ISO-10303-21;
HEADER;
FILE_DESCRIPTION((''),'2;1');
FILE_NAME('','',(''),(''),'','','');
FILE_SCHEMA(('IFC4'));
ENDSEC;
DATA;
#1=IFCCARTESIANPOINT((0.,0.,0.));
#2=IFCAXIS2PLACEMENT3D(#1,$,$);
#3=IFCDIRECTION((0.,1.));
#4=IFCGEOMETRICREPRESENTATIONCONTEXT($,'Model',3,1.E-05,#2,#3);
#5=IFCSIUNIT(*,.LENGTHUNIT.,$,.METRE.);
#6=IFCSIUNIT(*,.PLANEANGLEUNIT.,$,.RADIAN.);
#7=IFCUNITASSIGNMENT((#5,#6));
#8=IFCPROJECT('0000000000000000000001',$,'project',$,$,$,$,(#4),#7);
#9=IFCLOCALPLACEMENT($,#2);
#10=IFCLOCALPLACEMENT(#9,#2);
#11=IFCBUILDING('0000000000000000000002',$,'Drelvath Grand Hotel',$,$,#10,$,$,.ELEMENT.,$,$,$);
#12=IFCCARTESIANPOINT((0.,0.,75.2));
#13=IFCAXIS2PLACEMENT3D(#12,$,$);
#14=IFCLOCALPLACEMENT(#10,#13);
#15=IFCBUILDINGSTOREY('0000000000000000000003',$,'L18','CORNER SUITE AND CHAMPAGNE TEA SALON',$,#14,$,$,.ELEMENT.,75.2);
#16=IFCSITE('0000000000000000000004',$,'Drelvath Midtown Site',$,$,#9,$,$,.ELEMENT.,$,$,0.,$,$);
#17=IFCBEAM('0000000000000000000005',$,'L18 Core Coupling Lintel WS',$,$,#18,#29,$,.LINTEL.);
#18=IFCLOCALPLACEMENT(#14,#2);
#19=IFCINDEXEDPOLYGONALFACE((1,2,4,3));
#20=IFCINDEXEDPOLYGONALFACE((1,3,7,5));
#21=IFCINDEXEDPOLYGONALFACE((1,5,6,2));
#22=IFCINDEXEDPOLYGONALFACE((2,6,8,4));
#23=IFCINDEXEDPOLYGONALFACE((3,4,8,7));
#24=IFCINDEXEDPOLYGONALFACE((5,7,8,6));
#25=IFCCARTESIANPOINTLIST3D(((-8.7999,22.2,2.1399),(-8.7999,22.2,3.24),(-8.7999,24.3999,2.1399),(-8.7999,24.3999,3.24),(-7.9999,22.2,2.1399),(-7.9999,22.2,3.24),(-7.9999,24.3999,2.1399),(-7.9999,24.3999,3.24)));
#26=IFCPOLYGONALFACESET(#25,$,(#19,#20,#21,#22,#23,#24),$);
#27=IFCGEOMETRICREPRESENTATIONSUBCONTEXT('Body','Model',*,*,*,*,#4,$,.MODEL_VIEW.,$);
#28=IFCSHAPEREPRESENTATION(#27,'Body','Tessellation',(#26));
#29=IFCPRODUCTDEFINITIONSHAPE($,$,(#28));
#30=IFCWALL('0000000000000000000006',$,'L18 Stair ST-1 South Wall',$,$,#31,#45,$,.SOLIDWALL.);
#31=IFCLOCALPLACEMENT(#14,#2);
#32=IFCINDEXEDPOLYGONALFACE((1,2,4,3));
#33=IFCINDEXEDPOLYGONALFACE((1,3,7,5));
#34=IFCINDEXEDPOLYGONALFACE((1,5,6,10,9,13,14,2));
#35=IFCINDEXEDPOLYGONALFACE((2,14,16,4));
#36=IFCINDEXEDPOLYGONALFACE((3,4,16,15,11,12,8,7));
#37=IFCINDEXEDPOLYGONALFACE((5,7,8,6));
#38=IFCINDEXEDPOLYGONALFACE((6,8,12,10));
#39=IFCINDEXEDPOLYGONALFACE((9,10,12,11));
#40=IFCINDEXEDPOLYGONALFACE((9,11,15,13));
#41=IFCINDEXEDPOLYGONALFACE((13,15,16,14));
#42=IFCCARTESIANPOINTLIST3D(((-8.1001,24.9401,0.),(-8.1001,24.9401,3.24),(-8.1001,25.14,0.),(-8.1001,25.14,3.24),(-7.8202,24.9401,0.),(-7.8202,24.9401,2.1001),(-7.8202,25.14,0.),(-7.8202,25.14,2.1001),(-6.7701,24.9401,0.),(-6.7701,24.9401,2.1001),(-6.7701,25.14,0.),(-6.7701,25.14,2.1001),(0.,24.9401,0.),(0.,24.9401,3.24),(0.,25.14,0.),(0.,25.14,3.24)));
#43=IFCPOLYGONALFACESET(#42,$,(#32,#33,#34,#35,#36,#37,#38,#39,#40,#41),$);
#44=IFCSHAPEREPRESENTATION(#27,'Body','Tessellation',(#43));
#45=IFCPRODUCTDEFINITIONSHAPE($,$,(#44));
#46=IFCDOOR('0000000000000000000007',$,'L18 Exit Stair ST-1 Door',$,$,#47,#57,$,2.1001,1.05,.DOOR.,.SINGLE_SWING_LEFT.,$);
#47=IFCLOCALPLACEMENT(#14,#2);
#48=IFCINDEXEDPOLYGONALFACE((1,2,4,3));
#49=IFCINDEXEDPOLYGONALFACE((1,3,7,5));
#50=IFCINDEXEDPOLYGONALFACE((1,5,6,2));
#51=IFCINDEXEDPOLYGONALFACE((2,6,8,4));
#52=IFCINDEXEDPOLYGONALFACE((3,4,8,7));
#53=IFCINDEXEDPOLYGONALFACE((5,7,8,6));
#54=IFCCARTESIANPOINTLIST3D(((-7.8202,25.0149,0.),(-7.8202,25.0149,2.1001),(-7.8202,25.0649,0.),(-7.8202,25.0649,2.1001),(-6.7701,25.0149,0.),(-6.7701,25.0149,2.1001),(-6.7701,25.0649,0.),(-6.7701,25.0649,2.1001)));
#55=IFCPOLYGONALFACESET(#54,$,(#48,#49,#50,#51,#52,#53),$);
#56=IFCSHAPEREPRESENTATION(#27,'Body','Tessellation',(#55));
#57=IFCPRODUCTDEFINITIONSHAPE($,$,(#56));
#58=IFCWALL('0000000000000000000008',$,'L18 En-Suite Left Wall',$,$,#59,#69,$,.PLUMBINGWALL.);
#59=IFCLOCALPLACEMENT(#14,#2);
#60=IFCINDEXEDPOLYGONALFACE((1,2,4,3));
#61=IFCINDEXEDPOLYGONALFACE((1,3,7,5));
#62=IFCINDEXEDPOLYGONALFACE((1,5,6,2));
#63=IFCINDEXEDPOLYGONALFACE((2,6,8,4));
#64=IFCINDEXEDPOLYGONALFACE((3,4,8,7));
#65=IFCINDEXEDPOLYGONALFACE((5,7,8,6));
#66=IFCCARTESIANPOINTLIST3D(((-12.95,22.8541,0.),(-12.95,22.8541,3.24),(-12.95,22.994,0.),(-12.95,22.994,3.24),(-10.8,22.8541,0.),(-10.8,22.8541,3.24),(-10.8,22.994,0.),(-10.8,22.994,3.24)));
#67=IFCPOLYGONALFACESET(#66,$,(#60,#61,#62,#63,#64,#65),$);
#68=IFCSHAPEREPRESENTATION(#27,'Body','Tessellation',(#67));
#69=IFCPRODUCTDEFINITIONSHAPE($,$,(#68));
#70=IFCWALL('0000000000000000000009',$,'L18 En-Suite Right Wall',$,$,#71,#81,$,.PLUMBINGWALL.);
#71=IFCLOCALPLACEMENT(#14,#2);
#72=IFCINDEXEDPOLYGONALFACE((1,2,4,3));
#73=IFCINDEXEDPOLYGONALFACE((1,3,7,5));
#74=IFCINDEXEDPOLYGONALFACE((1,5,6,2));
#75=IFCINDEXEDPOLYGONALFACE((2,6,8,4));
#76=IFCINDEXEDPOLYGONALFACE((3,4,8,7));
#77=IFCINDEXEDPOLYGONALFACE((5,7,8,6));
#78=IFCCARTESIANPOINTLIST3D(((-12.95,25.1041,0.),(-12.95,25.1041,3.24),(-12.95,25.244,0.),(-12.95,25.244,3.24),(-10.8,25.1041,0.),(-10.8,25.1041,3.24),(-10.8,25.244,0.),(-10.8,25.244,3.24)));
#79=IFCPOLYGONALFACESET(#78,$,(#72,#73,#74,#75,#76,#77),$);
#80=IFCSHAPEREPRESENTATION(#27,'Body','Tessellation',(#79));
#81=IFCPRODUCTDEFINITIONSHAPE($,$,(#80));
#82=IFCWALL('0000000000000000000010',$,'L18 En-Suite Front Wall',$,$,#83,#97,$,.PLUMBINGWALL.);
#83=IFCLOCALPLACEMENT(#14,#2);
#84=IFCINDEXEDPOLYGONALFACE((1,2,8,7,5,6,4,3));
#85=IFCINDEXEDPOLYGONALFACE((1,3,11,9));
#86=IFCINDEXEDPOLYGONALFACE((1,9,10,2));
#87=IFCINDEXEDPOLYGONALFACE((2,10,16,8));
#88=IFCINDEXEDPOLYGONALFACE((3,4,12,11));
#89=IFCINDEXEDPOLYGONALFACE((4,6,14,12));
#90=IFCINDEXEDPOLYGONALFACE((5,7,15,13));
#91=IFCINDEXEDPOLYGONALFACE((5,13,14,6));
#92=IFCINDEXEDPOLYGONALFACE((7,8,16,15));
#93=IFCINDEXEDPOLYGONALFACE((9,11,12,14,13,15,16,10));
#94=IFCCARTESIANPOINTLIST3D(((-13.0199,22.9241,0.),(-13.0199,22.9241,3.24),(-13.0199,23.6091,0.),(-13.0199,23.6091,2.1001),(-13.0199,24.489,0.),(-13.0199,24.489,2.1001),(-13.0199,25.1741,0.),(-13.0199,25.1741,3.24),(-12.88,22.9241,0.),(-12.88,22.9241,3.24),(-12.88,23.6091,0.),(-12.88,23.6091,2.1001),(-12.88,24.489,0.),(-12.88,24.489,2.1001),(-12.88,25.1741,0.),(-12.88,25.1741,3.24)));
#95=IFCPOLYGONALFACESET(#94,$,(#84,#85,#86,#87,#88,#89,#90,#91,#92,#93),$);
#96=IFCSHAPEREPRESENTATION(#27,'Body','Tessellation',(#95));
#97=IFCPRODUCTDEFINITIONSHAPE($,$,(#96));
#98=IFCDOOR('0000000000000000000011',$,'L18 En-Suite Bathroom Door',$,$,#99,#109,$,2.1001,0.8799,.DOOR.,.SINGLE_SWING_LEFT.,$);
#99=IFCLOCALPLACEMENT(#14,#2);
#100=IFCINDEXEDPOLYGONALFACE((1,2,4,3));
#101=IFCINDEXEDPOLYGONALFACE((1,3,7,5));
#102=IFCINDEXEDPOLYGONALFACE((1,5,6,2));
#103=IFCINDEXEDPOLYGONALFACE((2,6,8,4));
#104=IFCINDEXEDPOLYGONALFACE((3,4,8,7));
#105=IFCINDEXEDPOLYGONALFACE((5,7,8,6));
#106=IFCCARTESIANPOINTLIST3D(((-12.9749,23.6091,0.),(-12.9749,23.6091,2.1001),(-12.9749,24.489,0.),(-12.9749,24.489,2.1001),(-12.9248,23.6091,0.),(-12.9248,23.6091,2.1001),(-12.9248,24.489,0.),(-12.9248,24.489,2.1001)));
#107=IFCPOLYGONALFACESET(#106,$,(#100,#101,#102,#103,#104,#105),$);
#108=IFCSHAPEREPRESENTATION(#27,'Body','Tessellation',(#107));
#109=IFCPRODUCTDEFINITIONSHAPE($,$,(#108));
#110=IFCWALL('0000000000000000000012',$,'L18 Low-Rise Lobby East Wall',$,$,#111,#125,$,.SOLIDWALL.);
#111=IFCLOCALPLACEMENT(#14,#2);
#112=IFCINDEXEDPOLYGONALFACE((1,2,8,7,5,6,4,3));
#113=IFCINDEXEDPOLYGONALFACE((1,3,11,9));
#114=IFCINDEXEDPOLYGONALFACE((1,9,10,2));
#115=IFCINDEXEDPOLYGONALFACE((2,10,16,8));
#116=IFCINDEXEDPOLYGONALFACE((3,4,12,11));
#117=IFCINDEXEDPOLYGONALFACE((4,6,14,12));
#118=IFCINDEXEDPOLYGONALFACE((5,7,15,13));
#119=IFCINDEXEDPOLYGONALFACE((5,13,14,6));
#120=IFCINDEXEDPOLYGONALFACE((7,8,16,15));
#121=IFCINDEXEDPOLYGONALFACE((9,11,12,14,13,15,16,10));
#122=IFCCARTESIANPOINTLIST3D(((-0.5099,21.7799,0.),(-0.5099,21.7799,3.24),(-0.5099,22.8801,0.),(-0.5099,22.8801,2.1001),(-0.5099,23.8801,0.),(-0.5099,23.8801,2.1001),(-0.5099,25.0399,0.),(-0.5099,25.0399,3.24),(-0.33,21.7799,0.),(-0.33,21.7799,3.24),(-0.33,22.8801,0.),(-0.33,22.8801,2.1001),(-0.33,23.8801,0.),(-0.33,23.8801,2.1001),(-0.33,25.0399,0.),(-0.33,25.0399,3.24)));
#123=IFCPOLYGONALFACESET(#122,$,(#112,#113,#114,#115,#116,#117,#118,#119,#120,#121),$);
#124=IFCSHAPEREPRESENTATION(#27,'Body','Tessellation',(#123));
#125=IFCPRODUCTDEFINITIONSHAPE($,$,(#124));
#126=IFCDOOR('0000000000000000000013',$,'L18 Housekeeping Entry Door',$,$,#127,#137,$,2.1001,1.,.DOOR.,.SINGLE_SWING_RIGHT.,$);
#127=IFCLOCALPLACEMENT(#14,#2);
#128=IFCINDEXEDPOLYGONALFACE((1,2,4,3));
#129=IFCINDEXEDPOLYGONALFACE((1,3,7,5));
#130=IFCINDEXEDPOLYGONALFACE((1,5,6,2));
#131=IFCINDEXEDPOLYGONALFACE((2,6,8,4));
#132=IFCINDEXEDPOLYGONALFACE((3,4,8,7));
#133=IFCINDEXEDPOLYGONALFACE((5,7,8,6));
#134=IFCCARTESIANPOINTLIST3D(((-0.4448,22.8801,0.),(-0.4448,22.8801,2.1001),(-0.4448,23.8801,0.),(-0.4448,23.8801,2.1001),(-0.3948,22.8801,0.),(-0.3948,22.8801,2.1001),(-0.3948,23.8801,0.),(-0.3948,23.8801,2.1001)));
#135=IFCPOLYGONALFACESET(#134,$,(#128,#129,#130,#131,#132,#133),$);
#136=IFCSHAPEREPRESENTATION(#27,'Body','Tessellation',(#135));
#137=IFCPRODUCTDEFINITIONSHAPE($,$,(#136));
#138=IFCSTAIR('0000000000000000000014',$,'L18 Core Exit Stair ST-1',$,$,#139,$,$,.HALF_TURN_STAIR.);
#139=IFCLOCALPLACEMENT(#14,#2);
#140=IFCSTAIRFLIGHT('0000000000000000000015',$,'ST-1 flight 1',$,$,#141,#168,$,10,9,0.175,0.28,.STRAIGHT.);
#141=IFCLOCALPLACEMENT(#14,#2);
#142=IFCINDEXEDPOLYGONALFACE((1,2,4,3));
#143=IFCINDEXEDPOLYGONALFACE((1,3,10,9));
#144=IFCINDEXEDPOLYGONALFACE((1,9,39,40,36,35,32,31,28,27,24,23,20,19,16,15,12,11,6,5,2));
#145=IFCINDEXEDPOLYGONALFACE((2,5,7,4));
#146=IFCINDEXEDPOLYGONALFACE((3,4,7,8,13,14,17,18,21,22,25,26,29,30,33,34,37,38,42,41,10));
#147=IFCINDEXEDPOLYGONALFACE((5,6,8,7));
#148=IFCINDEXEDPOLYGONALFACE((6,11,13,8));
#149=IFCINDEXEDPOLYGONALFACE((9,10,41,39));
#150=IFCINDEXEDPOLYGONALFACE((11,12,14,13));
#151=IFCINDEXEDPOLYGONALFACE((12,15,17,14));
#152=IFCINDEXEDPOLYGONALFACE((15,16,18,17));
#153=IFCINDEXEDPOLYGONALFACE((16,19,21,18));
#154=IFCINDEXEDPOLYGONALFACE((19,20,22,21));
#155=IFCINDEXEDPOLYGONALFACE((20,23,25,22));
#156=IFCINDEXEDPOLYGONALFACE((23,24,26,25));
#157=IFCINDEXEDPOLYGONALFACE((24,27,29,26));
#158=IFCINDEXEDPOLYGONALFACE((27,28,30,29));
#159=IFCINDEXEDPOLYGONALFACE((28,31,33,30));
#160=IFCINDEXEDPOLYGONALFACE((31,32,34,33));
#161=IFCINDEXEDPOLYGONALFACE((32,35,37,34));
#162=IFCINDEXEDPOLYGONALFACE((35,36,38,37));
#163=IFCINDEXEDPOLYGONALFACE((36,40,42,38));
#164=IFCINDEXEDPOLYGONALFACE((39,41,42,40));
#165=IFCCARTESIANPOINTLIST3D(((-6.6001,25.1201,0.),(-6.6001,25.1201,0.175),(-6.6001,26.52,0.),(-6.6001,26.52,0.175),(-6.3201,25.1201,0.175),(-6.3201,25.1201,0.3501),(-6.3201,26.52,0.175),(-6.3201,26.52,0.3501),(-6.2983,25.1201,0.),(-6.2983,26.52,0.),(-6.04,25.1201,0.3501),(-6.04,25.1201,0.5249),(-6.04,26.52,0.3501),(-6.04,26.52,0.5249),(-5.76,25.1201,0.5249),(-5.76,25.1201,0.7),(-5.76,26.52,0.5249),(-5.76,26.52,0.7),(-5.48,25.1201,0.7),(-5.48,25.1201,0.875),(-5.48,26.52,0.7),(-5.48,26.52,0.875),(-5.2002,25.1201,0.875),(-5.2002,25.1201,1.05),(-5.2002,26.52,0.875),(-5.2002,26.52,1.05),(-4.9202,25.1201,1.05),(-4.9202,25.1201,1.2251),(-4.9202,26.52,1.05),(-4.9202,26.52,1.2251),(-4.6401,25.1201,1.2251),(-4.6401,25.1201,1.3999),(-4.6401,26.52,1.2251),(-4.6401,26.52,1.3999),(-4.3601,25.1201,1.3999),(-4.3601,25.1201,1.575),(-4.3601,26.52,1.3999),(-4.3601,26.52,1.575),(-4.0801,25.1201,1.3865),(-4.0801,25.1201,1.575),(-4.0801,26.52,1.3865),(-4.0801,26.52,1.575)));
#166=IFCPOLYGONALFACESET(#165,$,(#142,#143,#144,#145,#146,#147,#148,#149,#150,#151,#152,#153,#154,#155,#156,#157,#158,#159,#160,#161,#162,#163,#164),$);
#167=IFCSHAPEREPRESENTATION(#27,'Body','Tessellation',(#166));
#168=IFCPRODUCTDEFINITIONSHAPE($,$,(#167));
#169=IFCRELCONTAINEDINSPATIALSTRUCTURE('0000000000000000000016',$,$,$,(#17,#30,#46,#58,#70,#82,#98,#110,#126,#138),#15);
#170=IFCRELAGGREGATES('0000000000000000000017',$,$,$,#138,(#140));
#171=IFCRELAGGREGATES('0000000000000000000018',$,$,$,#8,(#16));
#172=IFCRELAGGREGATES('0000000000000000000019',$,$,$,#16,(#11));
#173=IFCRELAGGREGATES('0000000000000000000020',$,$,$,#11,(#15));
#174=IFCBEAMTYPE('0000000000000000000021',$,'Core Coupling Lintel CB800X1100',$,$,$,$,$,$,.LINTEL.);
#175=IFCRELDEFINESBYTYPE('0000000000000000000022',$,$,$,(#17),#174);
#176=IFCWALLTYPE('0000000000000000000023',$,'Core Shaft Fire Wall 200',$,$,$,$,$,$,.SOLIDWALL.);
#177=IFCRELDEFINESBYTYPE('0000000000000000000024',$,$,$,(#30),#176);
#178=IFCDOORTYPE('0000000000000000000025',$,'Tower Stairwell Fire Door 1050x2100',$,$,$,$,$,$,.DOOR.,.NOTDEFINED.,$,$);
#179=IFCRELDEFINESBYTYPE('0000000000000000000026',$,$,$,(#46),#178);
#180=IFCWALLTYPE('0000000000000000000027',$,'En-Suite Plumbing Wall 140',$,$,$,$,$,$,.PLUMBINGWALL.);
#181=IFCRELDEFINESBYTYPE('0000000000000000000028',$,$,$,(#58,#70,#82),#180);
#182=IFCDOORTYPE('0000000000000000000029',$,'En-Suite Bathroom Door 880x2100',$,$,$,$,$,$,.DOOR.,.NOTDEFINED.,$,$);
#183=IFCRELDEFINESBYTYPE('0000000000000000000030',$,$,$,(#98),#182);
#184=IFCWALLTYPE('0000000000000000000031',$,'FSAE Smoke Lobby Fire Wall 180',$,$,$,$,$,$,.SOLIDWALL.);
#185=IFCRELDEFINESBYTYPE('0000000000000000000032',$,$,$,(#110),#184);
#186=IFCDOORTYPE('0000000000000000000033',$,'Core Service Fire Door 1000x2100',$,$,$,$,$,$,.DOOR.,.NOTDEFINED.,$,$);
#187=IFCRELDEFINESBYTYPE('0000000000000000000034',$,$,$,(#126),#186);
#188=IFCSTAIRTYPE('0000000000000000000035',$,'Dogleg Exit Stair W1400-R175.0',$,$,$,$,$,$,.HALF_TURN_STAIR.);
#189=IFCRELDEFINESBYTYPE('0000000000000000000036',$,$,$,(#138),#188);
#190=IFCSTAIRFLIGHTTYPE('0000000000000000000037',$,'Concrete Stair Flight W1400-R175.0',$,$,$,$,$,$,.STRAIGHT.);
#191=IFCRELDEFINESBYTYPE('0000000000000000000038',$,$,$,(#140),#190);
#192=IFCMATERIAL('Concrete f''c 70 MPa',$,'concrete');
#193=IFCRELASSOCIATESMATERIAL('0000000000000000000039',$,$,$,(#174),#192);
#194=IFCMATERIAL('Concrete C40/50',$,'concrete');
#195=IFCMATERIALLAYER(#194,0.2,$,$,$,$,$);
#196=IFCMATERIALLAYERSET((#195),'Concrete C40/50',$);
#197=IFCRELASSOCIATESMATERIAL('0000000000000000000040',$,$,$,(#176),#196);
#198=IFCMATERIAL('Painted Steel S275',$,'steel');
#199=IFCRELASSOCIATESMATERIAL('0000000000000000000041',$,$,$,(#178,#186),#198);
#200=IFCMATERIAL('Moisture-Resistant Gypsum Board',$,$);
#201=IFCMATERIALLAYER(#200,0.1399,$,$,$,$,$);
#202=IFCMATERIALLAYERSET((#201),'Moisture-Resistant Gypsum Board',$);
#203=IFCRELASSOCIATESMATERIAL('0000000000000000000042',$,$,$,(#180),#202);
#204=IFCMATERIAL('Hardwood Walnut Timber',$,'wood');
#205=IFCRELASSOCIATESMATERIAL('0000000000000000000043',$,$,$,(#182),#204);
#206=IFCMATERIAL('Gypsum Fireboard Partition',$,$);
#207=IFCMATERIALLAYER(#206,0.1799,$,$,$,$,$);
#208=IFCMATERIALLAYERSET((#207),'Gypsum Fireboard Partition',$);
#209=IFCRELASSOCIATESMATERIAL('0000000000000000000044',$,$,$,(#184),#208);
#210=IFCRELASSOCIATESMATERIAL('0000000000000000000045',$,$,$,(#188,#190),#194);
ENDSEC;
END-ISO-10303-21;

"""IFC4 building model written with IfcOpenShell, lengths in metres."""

from ifc_helpers import new_model, si_unit, direction, frame, frame_2d, origin, origin_2d, place, context, subcontext, project, spatial, polyline, rectangle, outline, extrude, material, layer, layer_set, material_profile, profile_set, type_object, element, fill, aggregate, save


model = new_model("IFC4")

# Units and contexts
model_context = context("Model", 3, precision=1e-05, world=origin(), true_north=direction((0.0, 1.0)))
body_context = subcontext(model_context, "Body", "Model", "MODEL_VIEW")
ifc_project = project(units=[si_unit("LENGTHUNIT", "METRE"), si_unit("PLANEANGLEUNIT", "RADIAN")], contexts=[model_context])

# Site, building, storey
site_placement = place(None, origin())
site = spatial("IfcSite", under=ifc_project, at=site_placement, Name="Drelvath Midtown Site", CompositionType="ELEMENT", RefElevation=0.0)
building_placement = place(site_placement, origin())
building = spatial("IfcBuilding", under=site, at=building_placement, Name="Drelvath Grand Hotel", CompositionType="ELEMENT")
storey_placement = place(building_placement, frame((0.0, 0.0, 75.2)))
storey = spatial("IfcBuildingStorey", under=building, at=storey_placement, Name="L18", Description="CORNER SUITE AND CHAMPAGNE TEA SALON", CompositionType="ELEMENT", Elevation=75.2)

# Beam
ifc_material_1 = material(Name="Concrete f'c 70 MPa", Category="concrete")
ifc_material_profile = material_profile(ifc_material_1, rectangle(XDim=0.8, YDim=1.1001, at=origin_2d()), Name="CB800X1100")
ifc_profile_set = profile_set([ifc_material_profile], Name="Concrete f'c 70 MPa")
beam_type = type_object("IfcBeamType", Name="Core Coupling Lintel CB800X1100", PredefinedType="LINTEL", material=ifc_profile_set)
beam_placement = place(storey_placement, frame((-8.3999, 22.2, 2.6899), z_axis=(0.0, 1.0, 0.0), x_axis=(-1.0, 0.0, 0.0)))
element("IfcBeam", 1, at=beam_placement, inside=storey, type_object=beam_type, Name="L18 Core Coupling Lintel WS", PredefinedType="LINTEL", context=body_context, shape_type="SweptSolid", body=[
    extrude(rectangle(XDim=0.8, YDim=1.1001, at=origin_2d()), origin(), (0.0, 0.0, 1.0), 2.2),
])

# Wall, opening, door
ifc_material_2 = material(Name="Concrete C40/50", Category="concrete")
ifc_layer_1 = layer(ifc_material_2, 0.2)
ifc_layer_set_1 = layer_set([ifc_layer_1], Name="Concrete C40/50")
wall_type_1 = type_object("IfcWallType", Name="Core Shaft Fire Wall 200", PredefinedType="SOLIDWALL", material=ifc_layer_set_1)
wall_1_placement = place(storey_placement, frame((-8.1001, 25.04, 0.0), z_axis=(0.0, 0.0, 1.0), x_axis=(1.0, 0.0, 0.0)))
wall_1 = element("IfcWall", 2, at=wall_1_placement, inside=storey, type_object=wall_type_1, Name="L18 Stair ST-1 South Wall", PredefinedType="SOLIDWALL", context=body_context, shape_type="SweptSolid", body=[
    extrude(rectangle(XDim=8.1001, YDim=0.2, at=frame_2d((4.05, 0.0))), origin(), (0.0, 0.0, 1.0), 3.24),
])
opening_1_placement = place(wall_1_placement, frame((0.28, 0.0, 0.0)))
opening_1 = element("IfcOpeningElement", 3, at=opening_1_placement, cuts=wall_1, PredefinedType="OPENING", context=body_context, shape_type="SweptSolid", body=[
    extrude(rectangle(XDim=1.05, YDim=2.1001, at=frame_2d((0.5249, 1.05))), frame((0.0, 0.1099, 0.0), z_axis=(0.0, -1.0, 0.0), x_axis=(1.0, 0.0, 0.0)), (0.0, 0.0, 1.0), 0.22),
])
ifc_material_3 = material(Name="Painted Steel S275", Category="steel")
door_type_1 = type_object("IfcDoorType", Name="Tower Stairwell Fire Door 1050x2100", OperationType="NOTDEFINED", PredefinedType="DOOR", material=ifc_material_3)
door_1_placement = place(opening_1_placement, origin())
door_1 = element("IfcDoor", 4, at=door_1_placement, inside=storey, type_object=door_type_1, Name="L18 Exit Stair ST-1 Door", OperationType="SINGLE_SWING_LEFT", OverallHeight=2.1001, OverallWidth=1.05, PredefinedType="DOOR", context=body_context, shape_type="SweptSolid", body=[
    extrude(rectangle(XDim=1.05, YDim=2.1001, at=frame_2d((0.5249, 1.05))), frame((0.0, 0.0249, 0.0), z_axis=(0.0, -1.0, 0.0), x_axis=(1.0, 0.0, 0.0)), (0.0, 0.0, 1.0), 0.05),
])
fill(opening_1, door_1)

# Walls
ifc_material_4 = material(Name="Moisture-Resistant Gypsum Board")
ifc_layer_2 = layer(ifc_material_4, 0.1399)
ifc_layer_set_2 = layer_set([ifc_layer_2], Name="Moisture-Resistant Gypsum Board")
wall_type_2 = type_object("IfcWallType", Name="En-Suite Plumbing Wall 140", PredefinedType="PLUMBINGWALL", material=ifc_layer_set_2)
for number, where, z_axis, x_axis, name in (
    (5, (-10.8, 22.9241, 0.0), (0.0, 0.0, 1.0), (-1.0, 0.0, 0.0), "L18 En-Suite Left Wall"),
    (6, (-10.8, 25.1741, 0.0), (0.0, 0.0, 1.0), (-1.0, 0.0, 0.0), "L18 En-Suite Right Wall"),
):
    element("IfcWall", number, at=place(storey_placement, frame(where, z_axis=z_axis, x_axis=x_axis)), inside=storey, type_object=wall_type_2, Name=name, PredefinedType="PLUMBINGWALL", context=body_context, shape_type="SweptSolid", body=[
        extrude(rectangle(XDim=2.1499, YDim=0.1399, at=frame_2d((1.075, 0.0))), origin(), (0.0, 0.0, 1.0), 3.24),
    ])

# Walls, openings, doors
wall_2_placement = place(storey_placement, frame((-12.95, 22.9241, 0.0), z_axis=(0.0, 0.0, 1.0), x_axis=(0.0, 1.0, 0.0)))
wall_2 = element("IfcWall", 7, at=wall_2_placement, inside=storey, type_object=wall_type_2, Name="L18 En-Suite Front Wall", PredefinedType="PLUMBINGWALL", context=body_context, shape_type="SweptSolid", body=[
    extrude(rectangle(XDim=2.25, YDim=0.1399, at=frame_2d((1.125, 0.0))), origin(), (0.0, 0.0, 1.0), 3.24),
])
opening_2_placement = place(wall_2_placement, frame((0.6851, 0.0, 0.0)))
opening_2 = element("IfcOpeningElement", 8, at=opening_2_placement, cuts=wall_2, PredefinedType="OPENING", context=body_context, shape_type="SweptSolid", body=[
    extrude(rectangle(XDim=0.8799, YDim=2.1001, at=frame_2d((0.4399, 1.05))), frame((0.0, 0.0798, 0.0), z_axis=(0.0, -1.0, 0.0), x_axis=(1.0, 0.0, 0.0)), (0.0, 0.0, 1.0), 0.1599),
])
ifc_material_5 = material(Name="Hardwood Walnut Timber", Category="wood")
door_type_2 = type_object("IfcDoorType", Name="En-Suite Bathroom Door 880x2100", OperationType="NOTDEFINED", PredefinedType="DOOR", material=ifc_material_5)
door_2_placement = place(opening_2_placement, origin())
door_2 = element("IfcDoor", 9, at=door_2_placement, inside=storey, type_object=door_type_2, Name="L18 En-Suite Bathroom Door", OperationType="SINGLE_SWING_LEFT", OverallHeight=2.1001, OverallWidth=0.8799, PredefinedType="DOOR", context=body_context, shape_type="SweptSolid", body=[
    extrude(rectangle(XDim=0.8799, YDim=2.1001, at=frame_2d((0.4399, 1.05))), frame((0.0, 0.0249, 0.0), z_axis=(0.0, -1.0, 0.0), x_axis=(1.0, 0.0, 0.0)), (0.0, 0.0, 1.0), 0.05),
])
fill(opening_2, door_2)
ifc_material_6 = material(Name="Gypsum Fireboard Partition")
ifc_layer_3 = layer(ifc_material_6, 0.1799)
ifc_layer_set_3 = layer_set([ifc_layer_3], Name="Gypsum Fireboard Partition")
wall_type_3 = type_object("IfcWallType", Name="FSAE Smoke Lobby Fire Wall 180", PredefinedType="SOLIDWALL", material=ifc_layer_set_3)
wall_3_placement = place(storey_placement, frame((-0.4199, 21.78, 0.0), z_axis=(0.0, 0.0, 1.0), x_axis=(0.0, 1.0, 0.0)))
wall_3 = element("IfcWall", 10, at=wall_3_placement, inside=storey, type_object=wall_type_3, Name="L18 Low-Rise Lobby East Wall", PredefinedType="SOLIDWALL", context=body_context, shape_type="SweptSolid", body=[
    extrude(rectangle(XDim=3.26, YDim=0.1799, at=frame_2d((1.6299, 0.0))), origin(), (0.0, 0.0, 1.0), 3.24),
])
opening_3_placement = place(wall_3_placement, frame((1.1001, 0.0, 0.0)))
opening_3 = element("IfcOpeningElement", 11, at=opening_3_placement, cuts=wall_3, PredefinedType="OPENING", context=body_context, shape_type="SweptSolid", body=[
    extrude(rectangle(XDim=1.0, YDim=2.1001, at=frame_2d((0.5, 1.05))), frame((0.0, 0.0999, 0.0), z_axis=(0.0, -1.0, 0.0), x_axis=(1.0, 0.0, 0.0)), (0.0, 0.0, 1.0), 0.2),
])
door_type_3 = type_object("IfcDoorType", Name="Core Service Fire Door 1000x2100", OperationType="NOTDEFINED", PredefinedType="DOOR", material=ifc_material_3)
door_3_placement = place(opening_3_placement, origin())
door_3 = element("IfcDoor", 12, at=door_3_placement, inside=storey, type_object=door_type_3, Name="L18 Housekeeping Entry Door", OperationType="SINGLE_SWING_RIGHT", OverallHeight=2.1001, OverallWidth=1.0, PredefinedType="DOOR", context=body_context, shape_type="SweptSolid", body=[
    extrude(rectangle(XDim=1.0, YDim=2.1001, at=frame_2d((0.5, 1.05))), frame((0.0, 0.0249, 0.0), z_axis=(0.0, -1.0, 0.0), x_axis=(1.0, 0.0, 0.0)), (0.0, 0.0, 1.0), 0.05),
])
fill(opening_3, door_3)

# Stair, stair flight
stair_type = type_object("IfcStairType", Name="Dogleg Exit Stair W1400-R175.0", PredefinedType="HALF_TURN_STAIR", material=ifc_material_2)
stair_placement = place(storey_placement, origin())
stair = element("IfcStair", 13, at=stair_placement, inside=storey, type_object=stair_type, Name="L18 Core Exit Stair ST-1", PredefinedType="HALF_TURN_STAIR")
stair_flight_type = type_object("IfcStairFlightType", Name="Concrete Stair Flight W1400-R175.0", PredefinedType="STRAIGHT", material=ifc_material_2)
stair_flight_placement = place(storey_placement, frame((-6.6001, 25.8201, 0.0), z_axis=(0.0, 0.0, 1.0), x_axis=(1.0, 0.0, 0.0)))
stair_flight = element("IfcStairFlight", 14, at=stair_flight_placement, type_object=stair_flight_type, Name="ST-1 flight 1", NumberOfRisers=10, NumberOfTreads=9, PredefinedType="STRAIGHT", RiserHeight=0.175, TreadLength=0.28, context=body_context, shape_type="SweptSolid", body=[
    extrude(outline(polyline([(0.0, 0.0), (0.0, 0.175), (0.28, 0.175), (0.28, 0.3501), (0.5601, 0.3501), (0.5601, 0.5249), (0.8401, 0.5249), (0.8401, 0.7), (1.1201, 0.7), (1.1201, 0.875), (1.3999, 0.875), (1.3999, 1.05), (1.6799, 1.05), (1.6799, 1.2251), (1.96, 1.2251), (1.96, 1.3999), (2.24, 1.3999), (2.24, 1.575), (2.52, 1.575), (2.52, 1.75), (2.52, 1.3865), (0.3018, 0.0), (0.0, 0.0)])), frame((0.0, 0.7, 0.0), z_axis=(0.0, -1.0, 0.0), x_axis=(1.0, 0.0, 0.0)), (0.0, 0.0, 1.0), 1.3999),
])
aggregate(stair, [stair_flight])

save(model, "model.ifc")
